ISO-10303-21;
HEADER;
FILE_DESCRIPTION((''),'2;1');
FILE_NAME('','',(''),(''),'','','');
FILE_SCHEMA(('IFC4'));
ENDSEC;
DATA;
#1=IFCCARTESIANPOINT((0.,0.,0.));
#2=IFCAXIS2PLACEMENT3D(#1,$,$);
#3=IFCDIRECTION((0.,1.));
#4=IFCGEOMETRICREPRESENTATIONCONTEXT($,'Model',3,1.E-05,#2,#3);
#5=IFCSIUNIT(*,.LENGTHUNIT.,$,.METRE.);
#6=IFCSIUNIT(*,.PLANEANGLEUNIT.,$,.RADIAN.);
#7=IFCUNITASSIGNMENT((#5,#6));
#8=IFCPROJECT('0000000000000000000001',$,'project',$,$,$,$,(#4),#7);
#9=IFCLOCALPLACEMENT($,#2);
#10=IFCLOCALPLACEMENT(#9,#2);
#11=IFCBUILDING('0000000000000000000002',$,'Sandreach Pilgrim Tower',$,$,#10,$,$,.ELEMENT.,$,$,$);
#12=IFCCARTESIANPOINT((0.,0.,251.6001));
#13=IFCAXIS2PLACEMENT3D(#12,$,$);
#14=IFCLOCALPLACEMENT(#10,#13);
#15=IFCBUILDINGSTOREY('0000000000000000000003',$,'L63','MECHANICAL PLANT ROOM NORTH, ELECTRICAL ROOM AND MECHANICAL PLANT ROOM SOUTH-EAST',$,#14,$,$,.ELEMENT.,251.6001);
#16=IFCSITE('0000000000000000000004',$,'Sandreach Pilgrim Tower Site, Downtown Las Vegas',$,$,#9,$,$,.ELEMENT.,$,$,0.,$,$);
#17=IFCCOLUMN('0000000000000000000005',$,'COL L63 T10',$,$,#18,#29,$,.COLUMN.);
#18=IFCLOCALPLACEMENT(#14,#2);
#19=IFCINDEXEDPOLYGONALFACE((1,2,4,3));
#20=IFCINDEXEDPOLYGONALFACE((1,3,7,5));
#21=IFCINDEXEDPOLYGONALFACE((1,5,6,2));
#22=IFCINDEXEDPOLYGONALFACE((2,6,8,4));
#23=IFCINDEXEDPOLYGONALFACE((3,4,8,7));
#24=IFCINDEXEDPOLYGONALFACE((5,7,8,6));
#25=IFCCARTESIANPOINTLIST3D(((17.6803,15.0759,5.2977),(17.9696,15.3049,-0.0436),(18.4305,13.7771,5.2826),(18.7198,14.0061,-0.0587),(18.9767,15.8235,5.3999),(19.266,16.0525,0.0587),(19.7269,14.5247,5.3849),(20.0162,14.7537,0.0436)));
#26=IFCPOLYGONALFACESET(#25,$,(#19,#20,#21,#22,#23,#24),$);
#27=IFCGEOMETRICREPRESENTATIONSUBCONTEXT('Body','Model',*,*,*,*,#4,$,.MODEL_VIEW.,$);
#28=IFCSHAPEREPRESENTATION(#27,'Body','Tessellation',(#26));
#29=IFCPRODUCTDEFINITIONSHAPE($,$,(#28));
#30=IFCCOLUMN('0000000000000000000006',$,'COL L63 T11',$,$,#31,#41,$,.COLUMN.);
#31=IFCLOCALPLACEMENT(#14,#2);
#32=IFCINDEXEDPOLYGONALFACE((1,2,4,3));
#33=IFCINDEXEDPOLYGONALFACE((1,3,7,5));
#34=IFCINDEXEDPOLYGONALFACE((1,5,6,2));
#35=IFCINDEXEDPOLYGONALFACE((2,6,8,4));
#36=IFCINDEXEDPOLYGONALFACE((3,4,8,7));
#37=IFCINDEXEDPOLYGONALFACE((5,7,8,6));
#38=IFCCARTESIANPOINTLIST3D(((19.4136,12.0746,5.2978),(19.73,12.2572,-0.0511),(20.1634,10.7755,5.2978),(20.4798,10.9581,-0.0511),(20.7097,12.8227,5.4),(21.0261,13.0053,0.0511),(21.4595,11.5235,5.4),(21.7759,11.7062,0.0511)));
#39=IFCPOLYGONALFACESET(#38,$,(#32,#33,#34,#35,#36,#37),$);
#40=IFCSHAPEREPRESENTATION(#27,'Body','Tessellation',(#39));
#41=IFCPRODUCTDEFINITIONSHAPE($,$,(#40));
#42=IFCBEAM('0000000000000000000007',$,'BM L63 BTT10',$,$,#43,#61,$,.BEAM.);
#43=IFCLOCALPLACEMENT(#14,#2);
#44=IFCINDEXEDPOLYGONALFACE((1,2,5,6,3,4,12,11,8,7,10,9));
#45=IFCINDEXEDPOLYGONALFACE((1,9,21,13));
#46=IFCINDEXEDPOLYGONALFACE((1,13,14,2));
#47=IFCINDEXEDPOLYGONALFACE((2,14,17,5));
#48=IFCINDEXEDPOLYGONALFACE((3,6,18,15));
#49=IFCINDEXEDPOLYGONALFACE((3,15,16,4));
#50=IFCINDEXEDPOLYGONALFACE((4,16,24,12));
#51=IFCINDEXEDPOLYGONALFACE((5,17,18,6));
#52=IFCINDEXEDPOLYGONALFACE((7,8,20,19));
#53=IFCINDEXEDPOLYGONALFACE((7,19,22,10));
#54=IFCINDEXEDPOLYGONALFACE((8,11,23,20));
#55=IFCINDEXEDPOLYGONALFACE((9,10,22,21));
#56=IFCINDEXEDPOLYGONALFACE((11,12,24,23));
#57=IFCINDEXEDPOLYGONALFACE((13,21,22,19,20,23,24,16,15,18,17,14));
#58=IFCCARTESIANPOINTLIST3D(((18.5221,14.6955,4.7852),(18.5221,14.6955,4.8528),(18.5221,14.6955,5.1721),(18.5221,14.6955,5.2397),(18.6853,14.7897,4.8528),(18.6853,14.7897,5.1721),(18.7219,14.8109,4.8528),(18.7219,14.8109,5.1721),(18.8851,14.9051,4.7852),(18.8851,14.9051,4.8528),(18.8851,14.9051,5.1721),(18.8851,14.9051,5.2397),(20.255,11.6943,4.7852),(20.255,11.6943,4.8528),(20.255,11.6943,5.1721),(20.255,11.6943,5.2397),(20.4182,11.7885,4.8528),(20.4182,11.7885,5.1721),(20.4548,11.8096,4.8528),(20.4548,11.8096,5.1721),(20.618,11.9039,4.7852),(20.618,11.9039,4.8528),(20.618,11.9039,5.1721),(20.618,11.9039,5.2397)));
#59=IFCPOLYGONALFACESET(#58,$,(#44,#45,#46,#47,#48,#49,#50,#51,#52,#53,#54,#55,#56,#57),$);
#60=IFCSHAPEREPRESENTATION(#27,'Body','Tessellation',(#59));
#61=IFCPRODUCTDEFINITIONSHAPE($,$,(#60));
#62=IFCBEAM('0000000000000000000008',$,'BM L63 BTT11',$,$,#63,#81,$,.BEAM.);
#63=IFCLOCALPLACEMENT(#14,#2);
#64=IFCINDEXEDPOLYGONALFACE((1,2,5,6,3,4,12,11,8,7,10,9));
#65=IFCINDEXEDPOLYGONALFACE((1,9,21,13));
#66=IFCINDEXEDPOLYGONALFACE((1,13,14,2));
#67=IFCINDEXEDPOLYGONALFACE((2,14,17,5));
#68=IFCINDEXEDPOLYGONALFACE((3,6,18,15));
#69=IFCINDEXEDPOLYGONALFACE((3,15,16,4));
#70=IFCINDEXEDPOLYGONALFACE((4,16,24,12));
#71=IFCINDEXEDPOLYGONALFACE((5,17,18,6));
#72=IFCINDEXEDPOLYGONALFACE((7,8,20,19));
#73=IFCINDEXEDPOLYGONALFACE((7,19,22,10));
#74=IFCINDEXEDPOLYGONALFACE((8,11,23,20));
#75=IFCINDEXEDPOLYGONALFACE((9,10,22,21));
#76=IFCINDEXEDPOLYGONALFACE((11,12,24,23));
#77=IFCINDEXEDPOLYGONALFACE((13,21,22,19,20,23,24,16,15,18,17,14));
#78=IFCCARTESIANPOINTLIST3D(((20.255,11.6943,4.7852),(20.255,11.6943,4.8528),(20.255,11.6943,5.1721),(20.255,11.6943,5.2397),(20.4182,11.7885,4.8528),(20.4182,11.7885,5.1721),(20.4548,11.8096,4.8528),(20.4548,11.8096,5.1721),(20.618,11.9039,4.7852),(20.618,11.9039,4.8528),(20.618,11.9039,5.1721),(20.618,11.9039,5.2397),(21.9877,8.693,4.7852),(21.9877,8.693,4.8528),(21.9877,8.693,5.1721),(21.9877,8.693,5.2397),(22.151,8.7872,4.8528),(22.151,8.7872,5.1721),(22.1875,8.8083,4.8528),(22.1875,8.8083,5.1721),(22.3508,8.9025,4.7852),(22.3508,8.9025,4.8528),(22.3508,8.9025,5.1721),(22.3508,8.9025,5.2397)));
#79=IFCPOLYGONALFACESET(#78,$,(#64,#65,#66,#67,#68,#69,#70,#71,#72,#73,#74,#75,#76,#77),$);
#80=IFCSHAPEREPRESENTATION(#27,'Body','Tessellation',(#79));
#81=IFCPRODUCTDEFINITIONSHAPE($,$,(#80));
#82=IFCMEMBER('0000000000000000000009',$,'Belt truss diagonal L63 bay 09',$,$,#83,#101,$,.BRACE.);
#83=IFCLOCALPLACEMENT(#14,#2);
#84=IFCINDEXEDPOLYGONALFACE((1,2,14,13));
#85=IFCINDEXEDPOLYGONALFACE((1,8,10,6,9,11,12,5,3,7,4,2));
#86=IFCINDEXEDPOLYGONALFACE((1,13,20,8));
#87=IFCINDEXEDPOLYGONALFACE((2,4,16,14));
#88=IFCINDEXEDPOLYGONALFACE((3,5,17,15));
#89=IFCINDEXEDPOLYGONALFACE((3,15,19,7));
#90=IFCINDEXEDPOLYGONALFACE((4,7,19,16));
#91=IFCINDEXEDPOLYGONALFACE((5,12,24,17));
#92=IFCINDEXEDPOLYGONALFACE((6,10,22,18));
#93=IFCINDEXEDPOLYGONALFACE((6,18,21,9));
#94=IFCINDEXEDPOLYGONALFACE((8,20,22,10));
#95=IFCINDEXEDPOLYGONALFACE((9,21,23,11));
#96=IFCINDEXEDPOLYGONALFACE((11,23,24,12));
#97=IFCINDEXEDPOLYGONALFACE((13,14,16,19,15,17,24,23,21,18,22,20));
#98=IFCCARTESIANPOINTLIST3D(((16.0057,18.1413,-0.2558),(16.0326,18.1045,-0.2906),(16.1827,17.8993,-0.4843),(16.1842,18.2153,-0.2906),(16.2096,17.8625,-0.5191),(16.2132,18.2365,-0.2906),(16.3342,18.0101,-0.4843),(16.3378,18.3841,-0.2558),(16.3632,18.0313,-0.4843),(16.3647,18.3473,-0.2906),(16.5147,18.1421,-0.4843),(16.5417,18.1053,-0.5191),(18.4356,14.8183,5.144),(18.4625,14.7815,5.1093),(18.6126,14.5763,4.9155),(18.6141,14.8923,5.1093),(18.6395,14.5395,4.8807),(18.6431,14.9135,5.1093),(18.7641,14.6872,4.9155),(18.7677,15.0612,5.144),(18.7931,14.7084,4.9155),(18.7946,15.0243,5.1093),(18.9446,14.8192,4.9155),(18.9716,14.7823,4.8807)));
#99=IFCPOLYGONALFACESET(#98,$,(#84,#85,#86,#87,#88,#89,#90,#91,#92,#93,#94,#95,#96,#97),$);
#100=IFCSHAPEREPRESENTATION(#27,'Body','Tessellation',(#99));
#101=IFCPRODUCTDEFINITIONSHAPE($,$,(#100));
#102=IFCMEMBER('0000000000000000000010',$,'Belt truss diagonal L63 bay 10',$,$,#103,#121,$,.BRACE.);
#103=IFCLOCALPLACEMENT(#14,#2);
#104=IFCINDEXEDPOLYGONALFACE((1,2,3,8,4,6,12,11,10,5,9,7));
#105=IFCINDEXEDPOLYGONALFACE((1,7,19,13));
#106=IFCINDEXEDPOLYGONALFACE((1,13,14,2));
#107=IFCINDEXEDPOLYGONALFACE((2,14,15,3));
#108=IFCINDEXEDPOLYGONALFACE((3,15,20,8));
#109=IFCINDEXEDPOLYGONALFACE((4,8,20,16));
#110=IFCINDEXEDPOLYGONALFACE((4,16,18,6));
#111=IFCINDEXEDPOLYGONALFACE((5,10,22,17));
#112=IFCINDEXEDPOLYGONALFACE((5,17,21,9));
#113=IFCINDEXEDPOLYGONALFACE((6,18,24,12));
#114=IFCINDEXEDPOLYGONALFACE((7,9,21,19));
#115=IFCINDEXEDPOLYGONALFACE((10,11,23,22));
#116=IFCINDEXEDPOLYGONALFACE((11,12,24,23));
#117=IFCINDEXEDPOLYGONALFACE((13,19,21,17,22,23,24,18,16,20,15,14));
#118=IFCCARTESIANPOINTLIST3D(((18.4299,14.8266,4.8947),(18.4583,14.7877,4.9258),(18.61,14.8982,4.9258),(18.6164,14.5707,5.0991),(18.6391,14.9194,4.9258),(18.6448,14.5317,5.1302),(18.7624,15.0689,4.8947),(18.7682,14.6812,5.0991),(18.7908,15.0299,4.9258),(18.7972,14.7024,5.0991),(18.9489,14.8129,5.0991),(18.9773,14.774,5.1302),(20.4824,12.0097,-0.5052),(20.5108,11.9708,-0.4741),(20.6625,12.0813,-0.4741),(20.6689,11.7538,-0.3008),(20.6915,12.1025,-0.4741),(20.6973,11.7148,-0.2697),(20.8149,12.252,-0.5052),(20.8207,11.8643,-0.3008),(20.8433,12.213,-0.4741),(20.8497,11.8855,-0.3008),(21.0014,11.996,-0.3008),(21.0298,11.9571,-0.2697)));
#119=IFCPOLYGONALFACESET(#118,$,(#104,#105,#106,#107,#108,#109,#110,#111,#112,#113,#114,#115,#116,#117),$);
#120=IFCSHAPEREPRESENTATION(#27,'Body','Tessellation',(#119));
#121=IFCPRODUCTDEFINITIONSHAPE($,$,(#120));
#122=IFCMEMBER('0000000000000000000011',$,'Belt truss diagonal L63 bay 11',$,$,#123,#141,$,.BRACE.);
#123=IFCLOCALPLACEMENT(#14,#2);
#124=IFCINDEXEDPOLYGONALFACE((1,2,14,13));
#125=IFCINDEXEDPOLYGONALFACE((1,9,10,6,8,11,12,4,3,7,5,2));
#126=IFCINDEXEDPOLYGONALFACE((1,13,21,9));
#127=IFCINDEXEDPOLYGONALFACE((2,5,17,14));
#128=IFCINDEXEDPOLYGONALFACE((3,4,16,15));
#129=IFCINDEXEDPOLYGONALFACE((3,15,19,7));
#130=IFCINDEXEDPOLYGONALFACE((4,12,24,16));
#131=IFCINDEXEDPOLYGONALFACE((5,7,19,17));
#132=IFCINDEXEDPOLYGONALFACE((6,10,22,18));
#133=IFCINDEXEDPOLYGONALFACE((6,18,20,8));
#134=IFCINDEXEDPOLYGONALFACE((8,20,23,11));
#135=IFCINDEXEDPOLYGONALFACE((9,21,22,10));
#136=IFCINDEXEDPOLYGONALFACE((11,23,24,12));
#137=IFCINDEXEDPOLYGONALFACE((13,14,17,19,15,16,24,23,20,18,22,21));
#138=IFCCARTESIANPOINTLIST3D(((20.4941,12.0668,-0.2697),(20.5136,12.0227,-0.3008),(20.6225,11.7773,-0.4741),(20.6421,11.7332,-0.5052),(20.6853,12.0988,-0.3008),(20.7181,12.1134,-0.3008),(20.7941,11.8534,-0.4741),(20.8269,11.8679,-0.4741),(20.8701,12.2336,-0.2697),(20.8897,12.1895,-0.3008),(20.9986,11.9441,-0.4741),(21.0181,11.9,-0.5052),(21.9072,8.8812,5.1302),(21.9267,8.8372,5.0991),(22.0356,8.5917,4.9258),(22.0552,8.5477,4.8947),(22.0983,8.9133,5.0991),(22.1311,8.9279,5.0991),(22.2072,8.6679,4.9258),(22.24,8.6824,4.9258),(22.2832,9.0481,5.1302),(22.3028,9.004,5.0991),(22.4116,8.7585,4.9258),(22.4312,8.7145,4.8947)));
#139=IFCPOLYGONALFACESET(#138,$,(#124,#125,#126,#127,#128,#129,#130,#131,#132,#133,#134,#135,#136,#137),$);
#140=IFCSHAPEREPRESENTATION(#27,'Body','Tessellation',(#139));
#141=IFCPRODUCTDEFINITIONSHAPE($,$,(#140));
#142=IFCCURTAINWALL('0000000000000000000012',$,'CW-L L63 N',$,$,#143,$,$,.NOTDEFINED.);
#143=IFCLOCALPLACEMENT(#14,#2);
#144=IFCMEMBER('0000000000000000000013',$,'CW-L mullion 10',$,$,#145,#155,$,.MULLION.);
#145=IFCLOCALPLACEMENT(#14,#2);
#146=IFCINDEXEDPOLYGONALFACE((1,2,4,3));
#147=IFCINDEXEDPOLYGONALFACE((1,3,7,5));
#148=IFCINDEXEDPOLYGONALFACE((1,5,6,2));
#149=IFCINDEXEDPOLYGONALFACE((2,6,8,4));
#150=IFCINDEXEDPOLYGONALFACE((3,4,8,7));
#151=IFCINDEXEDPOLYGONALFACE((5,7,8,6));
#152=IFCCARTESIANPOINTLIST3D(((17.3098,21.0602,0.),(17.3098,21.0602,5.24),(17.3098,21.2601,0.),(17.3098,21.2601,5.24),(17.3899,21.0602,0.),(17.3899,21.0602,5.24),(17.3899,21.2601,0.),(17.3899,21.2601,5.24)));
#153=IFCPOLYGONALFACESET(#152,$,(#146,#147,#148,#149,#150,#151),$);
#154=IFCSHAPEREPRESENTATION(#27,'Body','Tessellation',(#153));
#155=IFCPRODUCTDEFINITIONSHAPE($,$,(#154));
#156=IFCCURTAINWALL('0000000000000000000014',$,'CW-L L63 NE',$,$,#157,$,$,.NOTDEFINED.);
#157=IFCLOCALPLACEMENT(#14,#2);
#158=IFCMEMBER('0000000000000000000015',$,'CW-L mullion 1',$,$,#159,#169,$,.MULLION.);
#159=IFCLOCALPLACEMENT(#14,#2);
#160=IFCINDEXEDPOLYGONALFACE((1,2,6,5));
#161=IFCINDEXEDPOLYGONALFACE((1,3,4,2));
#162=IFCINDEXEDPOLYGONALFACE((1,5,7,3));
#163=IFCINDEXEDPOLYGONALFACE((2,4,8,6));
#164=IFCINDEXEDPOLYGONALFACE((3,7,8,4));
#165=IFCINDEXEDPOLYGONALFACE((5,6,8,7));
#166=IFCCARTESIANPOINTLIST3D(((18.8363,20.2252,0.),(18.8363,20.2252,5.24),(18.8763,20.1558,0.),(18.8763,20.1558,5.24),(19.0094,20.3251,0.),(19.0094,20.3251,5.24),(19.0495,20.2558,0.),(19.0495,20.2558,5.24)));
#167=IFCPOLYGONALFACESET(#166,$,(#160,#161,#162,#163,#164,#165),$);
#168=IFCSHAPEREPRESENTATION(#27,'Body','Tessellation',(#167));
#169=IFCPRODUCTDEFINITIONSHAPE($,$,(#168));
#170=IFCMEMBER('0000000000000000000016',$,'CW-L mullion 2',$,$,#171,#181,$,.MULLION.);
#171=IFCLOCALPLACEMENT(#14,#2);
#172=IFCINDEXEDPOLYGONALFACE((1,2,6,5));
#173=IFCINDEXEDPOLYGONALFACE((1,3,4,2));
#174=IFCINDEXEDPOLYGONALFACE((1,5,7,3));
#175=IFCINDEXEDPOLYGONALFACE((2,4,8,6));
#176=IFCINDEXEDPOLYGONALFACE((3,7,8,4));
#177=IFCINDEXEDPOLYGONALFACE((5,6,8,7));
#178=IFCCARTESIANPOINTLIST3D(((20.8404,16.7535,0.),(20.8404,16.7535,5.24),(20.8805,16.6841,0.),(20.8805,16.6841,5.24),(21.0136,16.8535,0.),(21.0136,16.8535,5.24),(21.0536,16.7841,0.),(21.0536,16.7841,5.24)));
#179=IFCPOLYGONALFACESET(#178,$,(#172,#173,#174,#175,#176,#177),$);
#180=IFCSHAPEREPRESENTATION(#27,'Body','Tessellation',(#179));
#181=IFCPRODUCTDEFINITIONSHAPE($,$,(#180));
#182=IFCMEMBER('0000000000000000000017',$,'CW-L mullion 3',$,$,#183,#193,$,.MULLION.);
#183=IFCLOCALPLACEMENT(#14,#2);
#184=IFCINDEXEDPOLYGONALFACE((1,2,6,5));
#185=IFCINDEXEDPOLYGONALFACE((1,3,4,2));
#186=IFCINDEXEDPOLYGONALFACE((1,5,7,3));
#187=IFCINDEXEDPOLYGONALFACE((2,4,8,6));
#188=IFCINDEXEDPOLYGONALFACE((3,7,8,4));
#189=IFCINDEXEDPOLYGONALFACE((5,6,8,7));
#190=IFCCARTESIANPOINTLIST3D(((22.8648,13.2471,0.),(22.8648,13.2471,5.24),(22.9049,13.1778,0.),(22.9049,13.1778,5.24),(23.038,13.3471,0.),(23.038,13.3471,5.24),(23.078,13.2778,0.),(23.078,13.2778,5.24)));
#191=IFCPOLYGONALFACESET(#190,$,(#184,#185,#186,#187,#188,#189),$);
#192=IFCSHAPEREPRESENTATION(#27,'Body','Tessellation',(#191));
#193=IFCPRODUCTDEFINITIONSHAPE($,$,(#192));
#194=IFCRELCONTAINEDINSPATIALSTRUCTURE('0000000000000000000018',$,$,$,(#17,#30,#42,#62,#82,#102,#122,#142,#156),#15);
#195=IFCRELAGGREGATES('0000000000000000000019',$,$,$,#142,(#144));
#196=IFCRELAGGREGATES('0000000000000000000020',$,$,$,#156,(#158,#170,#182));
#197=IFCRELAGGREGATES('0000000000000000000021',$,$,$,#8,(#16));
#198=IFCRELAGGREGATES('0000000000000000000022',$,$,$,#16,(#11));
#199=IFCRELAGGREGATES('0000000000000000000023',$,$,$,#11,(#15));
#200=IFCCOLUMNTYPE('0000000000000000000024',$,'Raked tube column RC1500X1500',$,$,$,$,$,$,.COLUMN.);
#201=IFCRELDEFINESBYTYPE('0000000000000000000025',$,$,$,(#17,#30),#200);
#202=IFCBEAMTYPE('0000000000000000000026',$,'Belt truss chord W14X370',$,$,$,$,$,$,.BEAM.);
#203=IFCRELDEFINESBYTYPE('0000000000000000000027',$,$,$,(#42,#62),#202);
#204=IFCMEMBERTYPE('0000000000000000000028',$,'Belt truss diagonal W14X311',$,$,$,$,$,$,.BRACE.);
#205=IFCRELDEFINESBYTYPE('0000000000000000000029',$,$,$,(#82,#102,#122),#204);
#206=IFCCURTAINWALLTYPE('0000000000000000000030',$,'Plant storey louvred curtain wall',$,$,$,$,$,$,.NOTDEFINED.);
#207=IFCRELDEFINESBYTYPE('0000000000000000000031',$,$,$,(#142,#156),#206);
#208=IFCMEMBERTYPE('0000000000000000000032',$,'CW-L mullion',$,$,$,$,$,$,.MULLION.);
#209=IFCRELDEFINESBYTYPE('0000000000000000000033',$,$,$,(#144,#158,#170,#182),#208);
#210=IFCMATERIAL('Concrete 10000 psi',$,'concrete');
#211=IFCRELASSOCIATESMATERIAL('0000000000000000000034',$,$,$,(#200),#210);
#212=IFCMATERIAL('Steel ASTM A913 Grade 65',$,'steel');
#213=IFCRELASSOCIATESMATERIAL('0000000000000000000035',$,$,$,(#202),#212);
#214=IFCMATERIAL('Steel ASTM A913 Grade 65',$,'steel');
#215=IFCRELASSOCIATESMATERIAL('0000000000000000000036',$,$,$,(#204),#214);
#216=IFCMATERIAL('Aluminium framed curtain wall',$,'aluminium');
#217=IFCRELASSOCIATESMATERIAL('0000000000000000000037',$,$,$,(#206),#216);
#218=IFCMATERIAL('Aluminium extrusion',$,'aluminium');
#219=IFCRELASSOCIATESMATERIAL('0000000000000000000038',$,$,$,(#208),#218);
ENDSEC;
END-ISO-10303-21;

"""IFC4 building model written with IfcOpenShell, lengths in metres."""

from ifc_helpers import new_model, si_unit, direction, frame, origin, origin_2d, place, context, subcontext, project, spatial, rectangle, i_section, extrude, material, material_profile, profile_set, type_object, element, aggregate, save


model = new_model("IFC4")

# Units and contexts
model_context = context("Model", 3, precision=1e-05, world=origin(), true_north=direction((0.0, 1.0)))
body_context = subcontext(model_context, "Body", "Model", "MODEL_VIEW")
ifc_project = project(units=[si_unit("LENGTHUNIT", "METRE"), si_unit("PLANEANGLEUNIT", "RADIAN")], contexts=[model_context])

# Site, building, storey
site_placement = place(None, origin())
site = spatial("IfcSite", under=ifc_project, at=site_placement, Name="Sandreach Pilgrim Tower Site, Downtown Las Vegas", CompositionType="ELEMENT", RefElevation=0.0)
building_placement = place(site_placement, origin())
building = spatial("IfcBuilding", under=site, at=building_placement, Name="Sandreach Pilgrim Tower", CompositionType="ELEMENT")
storey_placement = place(building_placement, frame((0.0, 0.0, 251.6001)))
storey = spatial("IfcBuildingStorey", under=building, at=storey_placement, Name="L63", Description="MECHANICAL PLANT ROOM NORTH, ELECTRICAL ROOM AND MECHANICAL PLANT ROOM SOUTH-EAST", CompositionType="ELEMENT", Elevation=251.6001)

# Columns
ifc_material_1 = material(Name="Concrete 10000 psi", Category="concrete")
ifc_material_profile_1 = material_profile(ifc_material_1, rectangle(XDim=1.5, YDim=1.5, at=origin_2d()), Name="RC1500X1500")
ifc_profile_set_1 = profile_set([ifc_material_profile_1], Name="Concrete 10000 psi")
column_type = type_object("IfcColumnType", Name="Raked tube column RC1500X1500", PredefinedType="COLUMN", material=ifc_profile_set_1)
column_1_placement = place(storey_placement, frame((18.9929, 15.0293, 0.0), z_axis=(-0.054035, -0.042772, 0.997623), x_axis=(0.864273, 0.498381, 0.06818)))
element("IfcColumn", 1, at=column_1_placement, inside=storey, type_object=column_type, Name="COL L63 T10", PredefinedType="COLUMN", context=body_context, shape_type="SweptSolid", body=[
    extrude(rectangle(XDim=1.5, YDim=1.5, at=origin_2d()), origin(), (0.0, 0.0, 1.0), 5.354),
])
column_2_placement = place(storey_placement, frame((20.7529, 11.9817, 0.0), z_axis=(-0.059016, -0.034062, 0.997676), x_axis=(0.864084, 0.498715, 0.068141)))
element("IfcColumn", 2, at=column_2_placement, inside=storey, type_object=column_type, Name="COL L63 T11", PredefinedType="COLUMN", context=body_context, shape_type="SweptSolid", body=[
    extrude(rectangle(XDim=1.5, YDim=1.5, at=origin_2d()), origin(), (0.0, 0.0, 1.0), 5.3613),
])

# Beams
ifc_material_2 = material(Name="Steel ASTM A913 Grade 65", Category="steel")
ifc_material_profile_2 = material_profile(ifc_material_2, i_section(OverallWidth=0.4192, OverallDepth=0.4546, WebThickness=0.0422, FlangeThickness=0.0676, at=origin_2d()), Name="W14X370")
ifc_profile_set_2 = profile_set([ifc_material_profile_2], Name="Steel ASTM A913 Grade 65")
beam_type_1 = type_object("IfcBeamType", Name="Belt truss chord W14X370", PredefinedType="BEAM", material=ifc_profile_set_2)
for number, where, z_axis, x_axis, name in (
    (3, (18.7036, 14.8003, 5.0125), (0.500033, -0.866006, 0.0), (0.866006, 0.500033, 0.0), "BM L63 BTT10"),
    (4, (20.4365, 11.7991, 5.0125), (0.499981, -0.866037, 0.0), (0.866037, 0.499981, 0.0), "BM L63 BTT11"),
):
    element("IfcBeam", number, at=place(storey_placement, frame(where, z_axis=z_axis, x_axis=x_axis)), inside=storey, type_object=beam_type_1, Name=name, PredefinedType="BEAM", context=body_context, shape_type="SweptSolid", body=[
        extrude(i_section(OverallWidth=0.4192, OverallDepth=0.4546, WebThickness=0.0422, FlangeThickness=0.0676, at=origin_2d()), origin(), (0.0, 0.0, 1.0), 3.4656),
    ])

# Members
ifc_material_3 = material(Name="Steel ASTM A913 Grade 65", Category="steel")
ifc_material_profile_3 = material_profile(ifc_material_3, i_section(OverallWidth=0.4114, OverallDepth=0.4343, WebThickness=0.0359, FlangeThickness=0.0574, at=origin_2d()), Name="W14X311")
ifc_profile_set_3 = profile_set([ifc_material_profile_3], Name="Steel ASTM A913 Grade 65")
member_type_1 = type_object("IfcMemberType", Name="Belt truss diagonal W14X311", PredefinedType="BRACE", material=ifc_profile_set_3)
member_1_placement = place(storey_placement, frame((16.2737, 18.1233, -0.3875), z_axis=(0.357862, -0.489387, 0.795258), x_axis=(0.807207, 0.590268, 0.0)))
element("IfcMember", 5, at=member_1_placement, inside=storey, type_object=member_type_1, Name="Belt truss diagonal L63 bay 09", PredefinedType="BRACE", context=body_context, shape_type="SweptSolid", body=[
    extrude(i_section(OverallWidth=0.4114, OverallDepth=0.4343, WebThickness=0.0359, FlangeThickness=0.0574, at=origin_2d()), origin(), (0.0, 0.0, 1.0), 6.79),
])
member_2_placement = place(storey_placement, frame((18.7036, 14.8003, 5.0125), z_axis=(0.319353, -0.43829, -0.840188), x_axis=(0.808212, 0.588892, 0.0)))
element("IfcMember", 6, at=member_2_placement, inside=storey, type_object=member_type_1, Name="Belt truss diagonal L63 bay 10", PredefinedType="BRACE", context=body_context, shape_type="SweptSolid", body=[
    extrude(i_section(OverallWidth=0.4114, OverallDepth=0.4343, WebThickness=0.0359, FlangeThickness=0.0574, at=origin_2d()), origin(), (0.0, 0.0, 1.0), 6.427),
])
member_3_placement = place(storey_placement, frame((20.7561, 11.9834, -0.3875), z_axis=(0.219875, -0.495668, 0.840219), x_axis=(0.9141, 0.405488, 0.0)))
element("IfcMember", 7, at=member_3_placement, inside=storey, type_object=member_type_1, Name="Belt truss diagonal L63 bay 11", PredefinedType="BRACE", context=body_context, shape_type="SweptSolid", body=[
    extrude(i_section(OverallWidth=0.4114, OverallDepth=0.4343, WebThickness=0.0359, FlangeThickness=0.0574, at=origin_2d()), origin(), (0.0, 0.0, 1.0), 6.4268),
])

# Curtain wall, member
ifc_material_4 = material(Name="Aluminium framed curtain wall", Category="aluminium")
curtain_wall_type = type_object("IfcCurtainWallType", Name="Plant storey louvred curtain wall", PredefinedType="NOTDEFINED", material=ifc_material_4)
curtain_wall_1_placement = place(storey_placement, origin())
curtain_wall_1 = element("IfcCurtainWall", 8, at=curtain_wall_1_placement, inside=storey, type_object=curtain_wall_type, Name="CW-L L63 N", PredefinedType="NOTDEFINED")
ifc_material_5 = material(Name="Aluminium extrusion", Category="aluminium")
ifc_material_profile_4 = material_profile(ifc_material_5, rectangle(XDim=0.0801, YDim=0.2, at=origin_2d()), Name="CW-LM 80X200")
ifc_profile_set_4 = profile_set([ifc_material_profile_4], Name="Aluminium extrusion")
member_type_2 = type_object("IfcMemberType", Name="CW-L mullion", PredefinedType="MULLION", material=ifc_profile_set_4)
member_4_placement = place(storey_placement, frame((17.3499, 21.1602, 0.0), z_axis=(0.0, 0.0, 1.0), x_axis=(1.0, 0.0, 0.0)))
member_4 = element("IfcMember", 9, at=member_4_placement, type_object=member_type_2, Name="CW-L mullion 10", PredefinedType="MULLION", context=body_context, shape_type="SweptSolid", body=[
    extrude(rectangle(XDim=0.0801, YDim=0.2, at=origin_2d()), origin(), (0.0, 0.0, 1.0), 5.24),
])
aggregate(curtain_wall_1, [member_4])

# Curtain wall, members
curtain_wall_2_placement = place(storey_placement, origin())
curtain_wall_2 = element("IfcCurtainWall", 10, at=curtain_wall_2_placement, inside=storey, type_object=curtain_wall_type, Name="CW-L L63 NE", PredefinedType="NOTDEFINED")
member_5_placement = place(storey_placement, frame((18.9429, 20.2405, 0.0), z_axis=(0.0, 0.0, 1.0), x_axis=(0.5, -0.866025, 0.0)))
member_5 = element("IfcMember", 11, at=member_5_placement, type_object=member_type_2, Name="CW-L mullion 1", PredefinedType="MULLION", context=body_context, shape_type="SweptSolid", body=[
    extrude(rectangle(XDim=0.0801, YDim=0.2, at=origin_2d()), origin(), (0.0, 0.0, 1.0), 5.24),
])
member_6_placement = place(storey_placement, frame((20.947, 16.7688, 0.0), z_axis=(0.0, 0.0, 1.0), x_axis=(0.5, -0.866025, 0.0)))
member_6 = element("IfcMember", 12, at=member_6_placement, type_object=member_type_2, Name="CW-L mullion 2", PredefinedType="MULLION", context=body_context, shape_type="SweptSolid", body=[
    extrude(rectangle(XDim=0.0801, YDim=0.2, at=origin_2d()), origin(), (0.0, 0.0, 1.0), 5.24),
])
member_7_placement = place(storey_placement, frame((22.9714, 13.2625, 0.0), z_axis=(0.0, 0.0, 1.0), x_axis=(0.5, -0.866025, 0.0)))
member_7 = element("IfcMember", 13, at=member_7_placement, type_object=member_type_2, Name="CW-L mullion 3", PredefinedType="MULLION", context=body_context, shape_type="SweptSolid", body=[
    extrude(rectangle(XDim=0.0801, YDim=0.2, at=origin_2d()), origin(), (0.0, 0.0, 1.0), 5.24),
])

aggregate(curtain_wall_2, [member_5, member_6, member_7])

save(model, "model.ifc")
